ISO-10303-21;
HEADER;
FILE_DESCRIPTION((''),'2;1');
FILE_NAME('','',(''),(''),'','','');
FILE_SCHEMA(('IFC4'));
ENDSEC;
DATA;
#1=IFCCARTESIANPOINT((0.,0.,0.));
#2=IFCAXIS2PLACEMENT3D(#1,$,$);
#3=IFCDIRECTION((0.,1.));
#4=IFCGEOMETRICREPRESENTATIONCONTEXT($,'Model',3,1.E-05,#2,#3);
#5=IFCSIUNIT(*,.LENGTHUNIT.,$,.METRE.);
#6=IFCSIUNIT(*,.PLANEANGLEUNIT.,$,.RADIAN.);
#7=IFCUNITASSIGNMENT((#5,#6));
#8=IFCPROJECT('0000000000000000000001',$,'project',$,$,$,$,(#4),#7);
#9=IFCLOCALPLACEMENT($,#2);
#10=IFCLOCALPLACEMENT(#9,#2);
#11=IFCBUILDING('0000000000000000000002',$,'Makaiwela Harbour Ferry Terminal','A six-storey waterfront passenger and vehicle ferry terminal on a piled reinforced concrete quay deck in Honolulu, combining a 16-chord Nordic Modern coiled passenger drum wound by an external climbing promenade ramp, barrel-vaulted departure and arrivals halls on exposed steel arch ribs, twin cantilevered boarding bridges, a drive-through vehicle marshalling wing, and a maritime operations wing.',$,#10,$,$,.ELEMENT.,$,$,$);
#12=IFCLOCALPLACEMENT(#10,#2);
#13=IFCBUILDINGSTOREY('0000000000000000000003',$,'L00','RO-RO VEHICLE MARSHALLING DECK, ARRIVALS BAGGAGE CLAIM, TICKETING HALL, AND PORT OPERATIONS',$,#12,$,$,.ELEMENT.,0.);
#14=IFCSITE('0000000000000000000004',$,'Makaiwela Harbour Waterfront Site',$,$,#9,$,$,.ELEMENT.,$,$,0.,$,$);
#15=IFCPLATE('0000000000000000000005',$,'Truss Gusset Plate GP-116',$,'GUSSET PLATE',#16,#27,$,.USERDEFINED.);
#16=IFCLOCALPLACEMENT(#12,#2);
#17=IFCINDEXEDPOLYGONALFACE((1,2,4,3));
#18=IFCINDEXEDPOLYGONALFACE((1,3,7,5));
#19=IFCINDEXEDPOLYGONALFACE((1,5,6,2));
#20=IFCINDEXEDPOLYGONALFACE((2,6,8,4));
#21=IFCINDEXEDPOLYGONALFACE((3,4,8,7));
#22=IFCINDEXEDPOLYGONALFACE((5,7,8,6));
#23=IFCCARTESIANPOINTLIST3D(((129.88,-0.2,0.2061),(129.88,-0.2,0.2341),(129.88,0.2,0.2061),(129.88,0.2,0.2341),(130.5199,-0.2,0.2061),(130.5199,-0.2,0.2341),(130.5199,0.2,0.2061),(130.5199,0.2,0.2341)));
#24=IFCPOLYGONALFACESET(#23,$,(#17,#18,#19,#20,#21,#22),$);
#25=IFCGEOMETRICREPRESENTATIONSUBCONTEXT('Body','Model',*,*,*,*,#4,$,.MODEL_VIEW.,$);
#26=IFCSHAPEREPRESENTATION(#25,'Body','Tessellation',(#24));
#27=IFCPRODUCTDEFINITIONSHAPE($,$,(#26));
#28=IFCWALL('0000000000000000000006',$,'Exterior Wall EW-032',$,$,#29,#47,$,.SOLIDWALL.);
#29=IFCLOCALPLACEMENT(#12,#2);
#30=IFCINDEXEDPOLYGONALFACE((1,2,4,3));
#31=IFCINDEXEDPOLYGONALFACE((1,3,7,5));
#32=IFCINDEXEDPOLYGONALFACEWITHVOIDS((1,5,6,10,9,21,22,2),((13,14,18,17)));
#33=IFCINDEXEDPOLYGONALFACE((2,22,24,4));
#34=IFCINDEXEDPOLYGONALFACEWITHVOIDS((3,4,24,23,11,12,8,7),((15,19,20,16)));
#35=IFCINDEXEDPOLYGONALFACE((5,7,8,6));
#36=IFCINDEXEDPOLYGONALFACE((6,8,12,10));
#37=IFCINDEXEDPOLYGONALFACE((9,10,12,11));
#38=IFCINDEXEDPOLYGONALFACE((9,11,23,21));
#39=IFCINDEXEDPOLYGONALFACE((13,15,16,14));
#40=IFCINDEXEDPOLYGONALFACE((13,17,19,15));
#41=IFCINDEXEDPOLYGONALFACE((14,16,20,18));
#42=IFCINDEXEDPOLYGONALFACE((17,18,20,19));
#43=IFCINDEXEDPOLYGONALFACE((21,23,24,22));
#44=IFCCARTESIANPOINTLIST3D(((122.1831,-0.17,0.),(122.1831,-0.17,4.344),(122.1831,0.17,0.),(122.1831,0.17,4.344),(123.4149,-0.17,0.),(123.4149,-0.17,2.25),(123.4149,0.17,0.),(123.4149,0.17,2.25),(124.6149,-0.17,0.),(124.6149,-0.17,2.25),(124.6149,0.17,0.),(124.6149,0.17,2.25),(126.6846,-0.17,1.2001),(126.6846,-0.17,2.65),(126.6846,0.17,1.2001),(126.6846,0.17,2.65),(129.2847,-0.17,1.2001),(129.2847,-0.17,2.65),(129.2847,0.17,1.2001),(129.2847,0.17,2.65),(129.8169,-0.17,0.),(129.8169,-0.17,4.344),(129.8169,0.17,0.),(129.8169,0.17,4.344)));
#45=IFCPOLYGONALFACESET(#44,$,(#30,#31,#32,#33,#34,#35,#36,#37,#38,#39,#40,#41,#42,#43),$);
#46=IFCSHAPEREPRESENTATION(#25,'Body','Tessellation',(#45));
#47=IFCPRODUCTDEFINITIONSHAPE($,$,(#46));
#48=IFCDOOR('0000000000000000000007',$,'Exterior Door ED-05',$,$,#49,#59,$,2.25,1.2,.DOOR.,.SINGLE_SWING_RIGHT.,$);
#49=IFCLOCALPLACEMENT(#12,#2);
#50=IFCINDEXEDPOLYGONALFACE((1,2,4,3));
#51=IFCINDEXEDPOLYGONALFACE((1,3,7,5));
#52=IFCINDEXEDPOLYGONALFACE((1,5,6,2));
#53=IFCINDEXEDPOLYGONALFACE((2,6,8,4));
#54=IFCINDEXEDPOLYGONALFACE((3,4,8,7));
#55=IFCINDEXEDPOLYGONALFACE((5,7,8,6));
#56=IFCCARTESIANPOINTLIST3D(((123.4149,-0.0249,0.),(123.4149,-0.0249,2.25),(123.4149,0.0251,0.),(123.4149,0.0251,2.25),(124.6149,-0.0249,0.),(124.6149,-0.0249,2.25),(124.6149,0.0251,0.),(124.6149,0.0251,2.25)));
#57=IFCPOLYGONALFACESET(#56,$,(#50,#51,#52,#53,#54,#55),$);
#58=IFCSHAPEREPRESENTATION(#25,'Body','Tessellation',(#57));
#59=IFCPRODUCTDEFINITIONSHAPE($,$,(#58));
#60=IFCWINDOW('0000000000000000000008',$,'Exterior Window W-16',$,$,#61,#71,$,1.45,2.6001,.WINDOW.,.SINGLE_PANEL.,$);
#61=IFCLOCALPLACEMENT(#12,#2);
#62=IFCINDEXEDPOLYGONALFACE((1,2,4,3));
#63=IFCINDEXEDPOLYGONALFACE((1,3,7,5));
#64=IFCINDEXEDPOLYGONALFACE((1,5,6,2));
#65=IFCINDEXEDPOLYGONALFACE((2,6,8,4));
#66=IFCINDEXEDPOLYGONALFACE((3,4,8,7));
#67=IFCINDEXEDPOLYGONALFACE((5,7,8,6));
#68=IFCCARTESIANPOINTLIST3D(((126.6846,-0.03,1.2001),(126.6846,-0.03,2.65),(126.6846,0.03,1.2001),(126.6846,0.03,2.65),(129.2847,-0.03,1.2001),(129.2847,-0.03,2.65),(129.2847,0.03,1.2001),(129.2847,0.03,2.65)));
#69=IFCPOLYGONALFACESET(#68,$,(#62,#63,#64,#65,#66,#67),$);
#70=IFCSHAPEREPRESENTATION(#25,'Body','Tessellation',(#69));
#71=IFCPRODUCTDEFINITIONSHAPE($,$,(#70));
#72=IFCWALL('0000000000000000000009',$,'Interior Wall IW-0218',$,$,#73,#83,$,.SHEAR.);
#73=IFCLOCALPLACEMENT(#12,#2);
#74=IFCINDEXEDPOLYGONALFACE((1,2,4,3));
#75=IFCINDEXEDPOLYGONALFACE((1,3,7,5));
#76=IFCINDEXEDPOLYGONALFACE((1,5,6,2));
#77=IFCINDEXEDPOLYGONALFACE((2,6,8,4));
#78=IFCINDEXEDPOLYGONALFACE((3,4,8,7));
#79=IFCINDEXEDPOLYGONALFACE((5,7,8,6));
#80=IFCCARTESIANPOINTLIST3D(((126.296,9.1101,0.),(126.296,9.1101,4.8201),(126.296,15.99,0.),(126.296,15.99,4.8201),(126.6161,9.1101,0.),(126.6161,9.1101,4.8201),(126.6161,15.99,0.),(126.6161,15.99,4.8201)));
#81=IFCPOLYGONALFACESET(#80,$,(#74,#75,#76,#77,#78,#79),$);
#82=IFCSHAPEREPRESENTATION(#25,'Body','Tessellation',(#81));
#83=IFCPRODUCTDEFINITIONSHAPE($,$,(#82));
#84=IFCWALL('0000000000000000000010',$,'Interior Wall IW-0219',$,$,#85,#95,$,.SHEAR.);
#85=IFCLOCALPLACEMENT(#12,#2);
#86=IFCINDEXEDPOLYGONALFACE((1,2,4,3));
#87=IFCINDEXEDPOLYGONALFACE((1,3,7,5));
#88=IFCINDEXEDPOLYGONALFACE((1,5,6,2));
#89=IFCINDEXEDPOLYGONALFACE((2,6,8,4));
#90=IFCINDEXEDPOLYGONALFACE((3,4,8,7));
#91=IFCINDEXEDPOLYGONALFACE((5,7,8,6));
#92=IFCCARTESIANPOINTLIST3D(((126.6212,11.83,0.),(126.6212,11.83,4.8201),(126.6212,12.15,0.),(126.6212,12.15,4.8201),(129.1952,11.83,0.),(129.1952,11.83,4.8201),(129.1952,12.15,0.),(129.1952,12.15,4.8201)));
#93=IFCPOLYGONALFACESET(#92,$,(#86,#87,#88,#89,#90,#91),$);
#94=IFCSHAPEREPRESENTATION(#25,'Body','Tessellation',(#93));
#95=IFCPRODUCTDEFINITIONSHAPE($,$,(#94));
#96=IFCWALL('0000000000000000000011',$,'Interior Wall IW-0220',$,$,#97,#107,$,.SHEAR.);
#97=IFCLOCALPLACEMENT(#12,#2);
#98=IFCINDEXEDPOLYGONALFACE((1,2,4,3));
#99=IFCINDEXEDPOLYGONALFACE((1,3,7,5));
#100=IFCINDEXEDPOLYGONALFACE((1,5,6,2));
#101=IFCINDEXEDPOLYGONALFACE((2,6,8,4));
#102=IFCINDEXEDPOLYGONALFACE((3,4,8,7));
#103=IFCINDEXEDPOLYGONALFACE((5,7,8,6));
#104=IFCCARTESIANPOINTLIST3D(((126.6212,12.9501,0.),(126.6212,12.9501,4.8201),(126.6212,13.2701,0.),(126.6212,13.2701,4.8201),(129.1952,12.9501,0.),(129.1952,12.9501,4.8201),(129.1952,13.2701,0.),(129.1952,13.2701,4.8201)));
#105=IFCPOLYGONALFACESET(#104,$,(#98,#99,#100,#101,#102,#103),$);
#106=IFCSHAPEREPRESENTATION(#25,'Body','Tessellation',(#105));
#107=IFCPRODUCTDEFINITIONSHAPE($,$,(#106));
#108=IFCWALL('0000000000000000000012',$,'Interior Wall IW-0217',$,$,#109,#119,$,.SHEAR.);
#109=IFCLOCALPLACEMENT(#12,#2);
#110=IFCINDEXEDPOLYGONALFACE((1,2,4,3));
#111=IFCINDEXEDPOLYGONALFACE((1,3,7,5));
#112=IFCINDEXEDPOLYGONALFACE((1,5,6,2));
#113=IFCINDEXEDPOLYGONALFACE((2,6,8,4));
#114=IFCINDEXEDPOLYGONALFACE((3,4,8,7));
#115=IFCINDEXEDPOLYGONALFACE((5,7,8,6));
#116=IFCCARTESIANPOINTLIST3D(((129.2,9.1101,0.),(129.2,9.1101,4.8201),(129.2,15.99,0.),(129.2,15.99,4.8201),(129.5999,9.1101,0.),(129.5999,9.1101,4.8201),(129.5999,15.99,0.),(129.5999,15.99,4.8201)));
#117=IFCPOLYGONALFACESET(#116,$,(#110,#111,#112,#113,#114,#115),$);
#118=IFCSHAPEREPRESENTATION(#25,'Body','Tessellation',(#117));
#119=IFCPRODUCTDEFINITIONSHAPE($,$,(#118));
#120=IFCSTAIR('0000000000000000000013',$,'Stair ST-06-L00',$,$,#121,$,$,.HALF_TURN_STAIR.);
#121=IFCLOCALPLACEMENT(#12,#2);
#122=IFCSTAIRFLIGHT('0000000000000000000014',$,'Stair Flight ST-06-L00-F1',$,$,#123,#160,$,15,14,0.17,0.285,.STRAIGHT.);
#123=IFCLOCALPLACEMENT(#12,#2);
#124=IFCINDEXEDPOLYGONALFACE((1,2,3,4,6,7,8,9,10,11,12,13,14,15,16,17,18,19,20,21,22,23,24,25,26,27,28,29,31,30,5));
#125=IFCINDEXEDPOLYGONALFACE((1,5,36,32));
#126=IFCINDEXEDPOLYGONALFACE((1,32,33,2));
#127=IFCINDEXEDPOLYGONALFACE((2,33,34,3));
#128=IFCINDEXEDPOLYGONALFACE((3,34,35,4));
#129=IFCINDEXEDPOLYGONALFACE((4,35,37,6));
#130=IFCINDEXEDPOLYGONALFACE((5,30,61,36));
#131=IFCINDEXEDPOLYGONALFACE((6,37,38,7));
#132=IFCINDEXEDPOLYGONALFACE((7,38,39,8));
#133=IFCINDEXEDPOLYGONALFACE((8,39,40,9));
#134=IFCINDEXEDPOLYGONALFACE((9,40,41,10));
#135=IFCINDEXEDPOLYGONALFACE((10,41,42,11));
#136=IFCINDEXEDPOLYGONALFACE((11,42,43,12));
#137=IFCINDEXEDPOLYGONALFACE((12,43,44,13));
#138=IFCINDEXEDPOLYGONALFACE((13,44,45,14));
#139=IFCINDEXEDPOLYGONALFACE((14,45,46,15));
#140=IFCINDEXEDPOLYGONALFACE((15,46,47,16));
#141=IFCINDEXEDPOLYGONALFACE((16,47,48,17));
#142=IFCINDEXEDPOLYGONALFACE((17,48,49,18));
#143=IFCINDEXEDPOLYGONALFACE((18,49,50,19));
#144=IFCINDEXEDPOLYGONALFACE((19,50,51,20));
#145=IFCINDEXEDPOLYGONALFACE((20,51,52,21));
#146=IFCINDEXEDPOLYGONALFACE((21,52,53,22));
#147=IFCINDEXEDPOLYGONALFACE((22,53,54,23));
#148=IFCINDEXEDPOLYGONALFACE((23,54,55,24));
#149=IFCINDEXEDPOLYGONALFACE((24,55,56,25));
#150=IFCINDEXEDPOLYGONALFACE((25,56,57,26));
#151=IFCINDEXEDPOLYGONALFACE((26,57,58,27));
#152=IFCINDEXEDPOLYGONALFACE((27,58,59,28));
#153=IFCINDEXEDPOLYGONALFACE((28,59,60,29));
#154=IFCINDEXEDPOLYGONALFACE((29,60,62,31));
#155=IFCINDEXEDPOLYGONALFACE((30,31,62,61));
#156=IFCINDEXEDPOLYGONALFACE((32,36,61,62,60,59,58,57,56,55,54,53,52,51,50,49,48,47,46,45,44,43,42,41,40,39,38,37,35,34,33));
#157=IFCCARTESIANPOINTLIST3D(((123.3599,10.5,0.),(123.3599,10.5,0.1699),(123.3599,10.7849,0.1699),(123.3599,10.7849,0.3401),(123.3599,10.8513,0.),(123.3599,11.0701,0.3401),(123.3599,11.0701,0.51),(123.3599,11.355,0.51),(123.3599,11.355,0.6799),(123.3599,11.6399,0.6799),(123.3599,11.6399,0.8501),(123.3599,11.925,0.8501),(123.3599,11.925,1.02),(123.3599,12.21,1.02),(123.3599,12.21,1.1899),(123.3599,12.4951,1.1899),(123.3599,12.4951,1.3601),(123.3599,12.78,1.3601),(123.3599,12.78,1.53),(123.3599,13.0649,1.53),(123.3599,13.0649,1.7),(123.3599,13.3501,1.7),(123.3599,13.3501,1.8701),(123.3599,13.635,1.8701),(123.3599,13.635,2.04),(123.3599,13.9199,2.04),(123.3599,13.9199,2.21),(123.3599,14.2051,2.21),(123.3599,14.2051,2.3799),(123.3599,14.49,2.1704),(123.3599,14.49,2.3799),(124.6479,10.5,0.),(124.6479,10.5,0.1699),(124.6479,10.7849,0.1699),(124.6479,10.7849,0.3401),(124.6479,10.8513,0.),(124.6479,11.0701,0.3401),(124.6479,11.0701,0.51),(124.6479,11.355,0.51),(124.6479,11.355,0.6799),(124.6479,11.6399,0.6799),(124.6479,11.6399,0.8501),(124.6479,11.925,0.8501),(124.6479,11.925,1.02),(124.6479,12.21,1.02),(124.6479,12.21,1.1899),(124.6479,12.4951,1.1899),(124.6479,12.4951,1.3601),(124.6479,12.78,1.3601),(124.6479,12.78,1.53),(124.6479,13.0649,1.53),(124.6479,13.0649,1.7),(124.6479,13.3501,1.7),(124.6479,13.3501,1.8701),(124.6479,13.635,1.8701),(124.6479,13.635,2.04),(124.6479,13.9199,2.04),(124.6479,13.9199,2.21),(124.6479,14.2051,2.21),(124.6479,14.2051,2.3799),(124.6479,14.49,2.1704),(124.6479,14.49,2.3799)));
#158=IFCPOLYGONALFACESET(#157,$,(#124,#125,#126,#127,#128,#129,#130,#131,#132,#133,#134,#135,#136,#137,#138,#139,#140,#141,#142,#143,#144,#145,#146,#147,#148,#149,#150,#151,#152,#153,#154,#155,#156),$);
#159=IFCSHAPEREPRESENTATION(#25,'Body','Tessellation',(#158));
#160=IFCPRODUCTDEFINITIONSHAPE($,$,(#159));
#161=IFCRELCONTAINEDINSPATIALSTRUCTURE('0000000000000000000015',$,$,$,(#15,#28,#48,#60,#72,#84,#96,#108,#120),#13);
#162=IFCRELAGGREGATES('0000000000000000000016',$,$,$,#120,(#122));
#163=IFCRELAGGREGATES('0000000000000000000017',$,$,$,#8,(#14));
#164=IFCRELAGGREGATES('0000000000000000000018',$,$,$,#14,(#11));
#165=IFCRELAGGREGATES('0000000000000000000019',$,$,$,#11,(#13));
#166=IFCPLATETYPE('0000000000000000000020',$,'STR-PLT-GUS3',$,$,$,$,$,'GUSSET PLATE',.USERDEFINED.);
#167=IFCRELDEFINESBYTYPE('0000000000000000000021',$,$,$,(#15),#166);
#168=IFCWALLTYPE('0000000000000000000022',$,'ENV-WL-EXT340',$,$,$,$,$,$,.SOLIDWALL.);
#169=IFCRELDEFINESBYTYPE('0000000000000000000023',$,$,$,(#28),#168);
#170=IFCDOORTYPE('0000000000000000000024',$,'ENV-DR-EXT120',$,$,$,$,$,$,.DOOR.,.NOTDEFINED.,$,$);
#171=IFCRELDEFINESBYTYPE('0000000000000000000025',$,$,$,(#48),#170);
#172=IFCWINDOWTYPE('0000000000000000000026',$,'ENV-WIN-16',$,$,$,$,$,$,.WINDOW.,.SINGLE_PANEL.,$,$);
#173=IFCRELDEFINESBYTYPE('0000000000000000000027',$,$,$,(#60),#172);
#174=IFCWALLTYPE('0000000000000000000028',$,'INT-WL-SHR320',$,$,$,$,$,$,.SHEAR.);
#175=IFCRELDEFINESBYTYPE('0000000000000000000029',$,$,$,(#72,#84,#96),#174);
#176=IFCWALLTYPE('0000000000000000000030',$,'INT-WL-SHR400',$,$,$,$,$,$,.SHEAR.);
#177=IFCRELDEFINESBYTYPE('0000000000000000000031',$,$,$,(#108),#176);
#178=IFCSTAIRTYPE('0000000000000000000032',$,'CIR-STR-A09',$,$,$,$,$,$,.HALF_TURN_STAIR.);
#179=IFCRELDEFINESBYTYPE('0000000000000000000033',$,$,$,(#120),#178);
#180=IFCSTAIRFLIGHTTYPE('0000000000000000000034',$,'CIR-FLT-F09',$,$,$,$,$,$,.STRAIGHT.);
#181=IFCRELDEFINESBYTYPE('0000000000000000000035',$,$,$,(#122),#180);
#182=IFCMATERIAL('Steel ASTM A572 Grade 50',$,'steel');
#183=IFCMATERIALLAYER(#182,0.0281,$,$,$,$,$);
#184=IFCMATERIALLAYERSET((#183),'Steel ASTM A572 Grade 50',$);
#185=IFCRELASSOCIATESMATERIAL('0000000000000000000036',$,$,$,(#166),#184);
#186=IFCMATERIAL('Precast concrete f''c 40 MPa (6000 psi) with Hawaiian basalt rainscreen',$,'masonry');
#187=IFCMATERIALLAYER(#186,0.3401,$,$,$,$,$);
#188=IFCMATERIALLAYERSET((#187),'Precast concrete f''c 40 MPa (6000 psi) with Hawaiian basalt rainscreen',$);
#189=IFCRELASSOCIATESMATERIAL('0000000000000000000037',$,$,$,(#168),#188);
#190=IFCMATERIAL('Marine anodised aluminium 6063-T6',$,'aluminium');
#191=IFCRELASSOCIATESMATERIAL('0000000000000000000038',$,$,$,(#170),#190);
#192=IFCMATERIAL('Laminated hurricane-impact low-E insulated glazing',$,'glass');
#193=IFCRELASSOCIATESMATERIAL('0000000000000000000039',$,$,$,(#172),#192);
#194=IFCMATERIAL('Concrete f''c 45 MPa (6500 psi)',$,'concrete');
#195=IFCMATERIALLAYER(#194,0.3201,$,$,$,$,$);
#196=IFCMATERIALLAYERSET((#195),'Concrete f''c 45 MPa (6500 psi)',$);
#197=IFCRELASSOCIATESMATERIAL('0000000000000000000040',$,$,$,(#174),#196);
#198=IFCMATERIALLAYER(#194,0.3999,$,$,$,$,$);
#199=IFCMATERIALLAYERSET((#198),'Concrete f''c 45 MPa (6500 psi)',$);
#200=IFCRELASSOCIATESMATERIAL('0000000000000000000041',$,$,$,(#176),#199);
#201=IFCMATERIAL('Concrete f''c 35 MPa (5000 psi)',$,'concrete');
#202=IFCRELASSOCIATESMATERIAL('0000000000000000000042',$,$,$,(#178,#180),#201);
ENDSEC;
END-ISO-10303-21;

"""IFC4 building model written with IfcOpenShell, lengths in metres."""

from ifc_helpers import new_model, si_unit, direction, frame, frame_2d, origin, origin_2d, place, context, subcontext, project, spatial, polyline, rectangle, outline, extrude, material, layer, layer_set, type_object, element, fill, aggregate, save


model = new_model("IFC4")

# Units and contexts
model_context = context("Model", 3, precision=1e-05, world=origin(), true_north=direction((0.0, 1.0)))
body_context = subcontext(model_context, "Body", "Model", "MODEL_VIEW")
ifc_project = project(units=[si_unit("LENGTHUNIT", "METRE"), si_unit("PLANEANGLEUNIT", "RADIAN")], contexts=[model_context])

# Site, building, storey
site_placement = place(None, origin())
site = spatial("IfcSite", under=ifc_project, at=site_placement, Name="Makaiwela Harbour Waterfront Site", CompositionType="ELEMENT", RefElevation=0.0)
building_placement = place(site_placement, origin())
building = spatial("IfcBuilding", under=site, at=building_placement, Name="Makaiwela Harbour Ferry Terminal", Description="A six-storey waterfront passenger and vehicle ferry terminal on a piled reinforced concrete quay deck in Honolulu, combining a 16-chord Nordic Modern coiled passenger drum wound by an external climbing promenade ramp, barrel-vaulted departure and arrivals halls on exposed steel arch ribs, twin cantilevered boarding bridges, a drive-through vehicle marshalling wing, and a maritime operations wing.", CompositionType="ELEMENT")
storey_placement = place(building_placement, origin())
storey = spatial("IfcBuildingStorey", under=building, at=storey_placement, Name="L00", Description="RO-RO VEHICLE MARSHALLING DECK, ARRIVALS BAGGAGE CLAIM, TICKETING HALL, AND PORT OPERATIONS", CompositionType="ELEMENT", Elevation=0.0)

# Shared definitions
ifc_material_1 = material(Name="Concrete f'c 45 MPa (6500 psi)", Category="concrete")

# Plate
ifc_material_2 = material(Name="Steel ASTM A572 Grade 50", Category="steel")
ifc_layer_1 = layer(ifc_material_2, 0.0281)
ifc_layer_set_1 = layer_set([ifc_layer_1], Name="Steel ASTM A572 Grade 50")
plate_type_1 = type_object("IfcPlateType", Name="STR-PLT-GUS3", ElementType="GUSSET PLATE", PredefinedType="USERDEFINED", material=ifc_layer_set_1)
for number, where, z_axis, x_axis, name in (
    (1, (130.2, 0.0, 0.2061), (0.0, 0.0, 1.0), (1.0, 0.0, 0.0), "Truss Gusset Plate GP-116"),
):
    element("IfcPlate", number, at=place(storey_placement, frame(where, z_axis=z_axis, x_axis=x_axis)), inside=storey, type_object=plate_type_1, Name=name, ObjectType="GUSSET PLATE", PredefinedType="USERDEFINED", context=body_context, shape_type="SweptSolid", body=[
        extrude(rectangle(XDim=0.6399, YDim=0.3999, at=origin_2d()), origin(), (0.0, 0.0, 1.0), 0.0281),
    ])

# Wall, openings, door, window
ifc_material_3 = material(Name="Precast concrete f'c 40 MPa (6000 psi) with Hawaiian basalt rainscreen", Category="masonry")
ifc_layer_2 = layer(ifc_material_3, 0.3401)
ifc_layer_set_2 = layer_set([ifc_layer_2], Name="Precast concrete f'c 40 MPa (6000 psi) with Hawaiian basalt rainscreen")
wall_type_1 = type_object("IfcWallType", Name="ENV-WL-EXT340", PredefinedType="SOLIDWALL", material=ifc_layer_set_2)
wall_1_placement = place(storey_placement, frame((129.8169, 0.0, 0.0), z_axis=(0.0, 0.0, 1.0), x_axis=(-1.0, 0.0, 0.0)))
wall_1 = element("IfcWall", 2, at=wall_1_placement, inside=storey, type_object=wall_type_1, Name="Exterior Wall EW-032", PredefinedType="SOLIDWALL", context=body_context, shape_type="SweptSolid", body=[
    extrude(rectangle(XDim=7.6338, YDim=0.3401, at=frame_2d((3.8169, 0.0))), origin(), (0.0, 0.0, 1.0), 4.344),
])
opening_1_placement = place(wall_1_placement, frame((5.2019, 0.0, 0.0)))
opening_1 = element("IfcOpeningElement", 3, at=opening_1_placement, cuts=wall_1, PredefinedType="OPENING", context=body_context, shape_type="SweptSolid", body=[
    extrude(rectangle(XDim=1.2, YDim=2.25, at=frame_2d((0.6001, 1.125))), frame((0.0, 0.1799, 0.0), z_axis=(0.0, -1.0, 0.0), x_axis=(1.0, 0.0, 0.0)), (0.0, 0.0, 1.0), 0.3601),
])
opening_2_placement = place(wall_1_placement, frame((0.5322, 0.0, 1.2)))
opening_2 = element("IfcOpeningElement", 4, at=opening_2_placement, cuts=wall_1, PredefinedType="OPENING", context=body_context, shape_type="SweptSolid", body=[
    extrude(rectangle(XDim=2.6001, YDim=1.45, at=frame_2d((1.3, 0.7251))), frame((0.0, 0.1799, 0.0), z_axis=(0.0, -1.0, 0.0), x_axis=(1.0, 0.0, 0.0)), (0.0, 0.0, 1.0), 0.3601),
])
ifc_material_4 = material(Name="Marine anodised aluminium 6063-T6", Category="aluminium")
door_type = type_object("IfcDoorType", Name="ENV-DR-EXT120", OperationType="NOTDEFINED", PredefinedType="DOOR", material=ifc_material_4)
door_placement = place(opening_1_placement, origin())
door = element("IfcDoor", 5, at=door_placement, inside=storey, type_object=door_type, Name="Exterior Door ED-05", OperationType="SINGLE_SWING_RIGHT", OverallHeight=2.25, OverallWidth=1.2, PredefinedType="DOOR", context=body_context, shape_type="SweptSolid", body=[
    extrude(rectangle(XDim=1.2, YDim=2.25, at=frame_2d((0.6001, 1.125))), frame((0.0, 0.0249, 0.0), z_axis=(0.0, -1.0, 0.0), x_axis=(1.0, 0.0, 0.0)), (0.0, 0.0, 1.0), 0.05),
])
fill(opening_1, door)
ifc_material_5 = material(Name="Laminated hurricane-impact low-E insulated glazing", Category="glass")
window_type = type_object("IfcWindowType", Name="ENV-WIN-16", PartitioningType="SINGLE_PANEL", PredefinedType="WINDOW", material=ifc_material_5)
window_placement = place(opening_2_placement, origin())
window = element("IfcWindow", 6, at=window_placement, inside=storey, type_object=window_type, Name="Exterior Window W-16", OverallHeight=1.45, OverallWidth=2.6001, PartitioningType="SINGLE_PANEL", PredefinedType="WINDOW", context=body_context, shape_type="SweptSolid", body=[
    extrude(rectangle(XDim=2.6001, YDim=1.45, at=frame_2d((1.3, 0.7251))), frame((0.0, 0.03, 0.0), z_axis=(0.0, -1.0, 0.0), x_axis=(1.0, 0.0, 0.0)), (0.0, 0.0, 1.0), 0.0601),
])
fill(opening_2, window)

# Walls
ifc_layer_3 = layer(ifc_material_1, 0.3201)
ifc_layer_set_3 = layer_set([ifc_layer_3], Name="Concrete f'c 45 MPa (6500 psi)")
wall_type_2 = type_object("IfcWallType", Name="INT-WL-SHR320", PredefinedType="SHEAR", material=ifc_layer_set_3)
wall_2_placement = place(storey_placement, frame((126.4561, 9.1101, 0.0), z_axis=(0.0, 0.0, 1.0), x_axis=(0.0, 1.0, 0.0)))
element("IfcWall", 7, at=wall_2_placement, inside=storey, type_object=wall_type_2, Name="Interior Wall IW-0218", PredefinedType="SHEAR", context=body_context, shape_type="SweptSolid", body=[
    extrude(rectangle(XDim=6.8799, YDim=0.3201, at=frame_2d((3.4399, 0.0))), origin(), (0.0, 0.0, 1.0), 4.8201),
])
for number, where, z_axis, x_axis, name in (
    (8, (126.6211, 11.99, 0.0), (0.0, 0.0, 1.0), (1.0, 0.0, 0.0), "Interior Wall IW-0219"),
    (9, (126.6211, 13.1101, 0.0), (0.0, 0.0, 1.0), (1.0, 0.0, 0.0), "Interior Wall IW-0220"),
):
    element("IfcWall", number, at=place(storey_placement, frame(where, z_axis=z_axis, x_axis=x_axis)), inside=storey, type_object=wall_type_2, Name=name, PredefinedType="SHEAR", context=body_context, shape_type="SweptSolid", body=[
        extrude(rectangle(XDim=2.574, YDim=0.3201, at=frame_2d((1.2871, 0.0))), origin(), (0.0, 0.0, 1.0), 4.8201),
    ])
ifc_layer_4 = layer(ifc_material_1, 0.3999)
ifc_layer_set_4 = layer_set([ifc_layer_4], Name="Concrete f'c 45 MPa (6500 psi)")
wall_type_3 = type_object("IfcWallType", Name="INT-WL-SHR400", PredefinedType="SHEAR", material=ifc_layer_set_4)
wall_3_placement = place(storey_placement, frame((129.3999, 9.1101, 0.0), z_axis=(0.0, 0.0, 1.0), x_axis=(0.0, 1.0, 0.0)))
element("IfcWall", 10, at=wall_3_placement, inside=storey, type_object=wall_type_3, Name="Interior Wall IW-0217", PredefinedType="SHEAR", context=body_context, shape_type="SweptSolid", body=[
    extrude(rectangle(XDim=6.8799, YDim=0.3999, at=frame_2d((3.4399, 0.0))), origin(), (0.0, 0.0, 1.0), 4.8201),
])

# Stair, stair flight
ifc_material_6 = material(Name="Concrete f'c 35 MPa (5000 psi)", Category="concrete")
stair_type = type_object("IfcStairType", Name="CIR-STR-A09", PredefinedType="HALF_TURN_STAIR", material=ifc_material_6)
stair_placement = place(storey_placement, origin())
stair = element("IfcStair", 11, at=stair_placement, inside=storey, type_object=stair_type, Name="Stair ST-06-L00", PredefinedType="HALF_TURN_STAIR")
stair_flight_type = type_object("IfcStairFlightType", Name="CIR-FLT-F09", PredefinedType="STRAIGHT", material=ifc_material_6)
stair_flight_placement = place(storey_placement, frame((124.0039, 10.5, 0.0), z_axis=(0.0, 0.0, 1.0), x_axis=(0.0, 1.0, 0.0)))
stair_flight = element("IfcStairFlight", 12, at=stair_flight_placement, type_object=stair_flight_type, Name="Stair Flight ST-06-L00-F1", NumberOfRisers=15, NumberOfTreads=14, PredefinedType="STRAIGHT", RiserHeight=0.17, TreadLength=0.285, context=body_context, shape_type="SweptSolid", body=[
    extrude(outline(polyline([(0.0, 0.0), (0.0, 0.1699), (0.2849, 0.1699), (0.2849, 0.3401), (0.5701, 0.3401), (0.5701, 0.51), (0.855, 0.51), (0.855, 0.6799), (1.1399, 0.6799), (1.1399, 0.8501), (1.425, 0.8501), (1.425, 1.02), (1.71, 1.02), (1.71, 1.1899), (1.9951, 1.1899), (1.9951, 1.3601), (2.28, 1.3601), (2.28, 1.53), (2.5649, 1.53), (2.5649, 1.7), (2.8501, 1.7), (2.8501, 1.8701), (3.135, 1.8701), (3.135, 2.04), (3.4199, 2.04), (3.4199, 2.21), (3.7051, 2.21), (3.7051, 2.3799), (3.99, 2.3799), (3.99, 2.55), (3.99, 2.1704), (0.3513, 0.0), (0.0, 0.0)])), frame((0.0, 0.644, 0.0), z_axis=(0.0, -1.0, 0.0), x_axis=(1.0, 0.0, 0.0)), (0.0, 0.0, 1.0), 1.2881),
])
aggregate(stair, [stair_flight])

save(model, "model.ifc")
